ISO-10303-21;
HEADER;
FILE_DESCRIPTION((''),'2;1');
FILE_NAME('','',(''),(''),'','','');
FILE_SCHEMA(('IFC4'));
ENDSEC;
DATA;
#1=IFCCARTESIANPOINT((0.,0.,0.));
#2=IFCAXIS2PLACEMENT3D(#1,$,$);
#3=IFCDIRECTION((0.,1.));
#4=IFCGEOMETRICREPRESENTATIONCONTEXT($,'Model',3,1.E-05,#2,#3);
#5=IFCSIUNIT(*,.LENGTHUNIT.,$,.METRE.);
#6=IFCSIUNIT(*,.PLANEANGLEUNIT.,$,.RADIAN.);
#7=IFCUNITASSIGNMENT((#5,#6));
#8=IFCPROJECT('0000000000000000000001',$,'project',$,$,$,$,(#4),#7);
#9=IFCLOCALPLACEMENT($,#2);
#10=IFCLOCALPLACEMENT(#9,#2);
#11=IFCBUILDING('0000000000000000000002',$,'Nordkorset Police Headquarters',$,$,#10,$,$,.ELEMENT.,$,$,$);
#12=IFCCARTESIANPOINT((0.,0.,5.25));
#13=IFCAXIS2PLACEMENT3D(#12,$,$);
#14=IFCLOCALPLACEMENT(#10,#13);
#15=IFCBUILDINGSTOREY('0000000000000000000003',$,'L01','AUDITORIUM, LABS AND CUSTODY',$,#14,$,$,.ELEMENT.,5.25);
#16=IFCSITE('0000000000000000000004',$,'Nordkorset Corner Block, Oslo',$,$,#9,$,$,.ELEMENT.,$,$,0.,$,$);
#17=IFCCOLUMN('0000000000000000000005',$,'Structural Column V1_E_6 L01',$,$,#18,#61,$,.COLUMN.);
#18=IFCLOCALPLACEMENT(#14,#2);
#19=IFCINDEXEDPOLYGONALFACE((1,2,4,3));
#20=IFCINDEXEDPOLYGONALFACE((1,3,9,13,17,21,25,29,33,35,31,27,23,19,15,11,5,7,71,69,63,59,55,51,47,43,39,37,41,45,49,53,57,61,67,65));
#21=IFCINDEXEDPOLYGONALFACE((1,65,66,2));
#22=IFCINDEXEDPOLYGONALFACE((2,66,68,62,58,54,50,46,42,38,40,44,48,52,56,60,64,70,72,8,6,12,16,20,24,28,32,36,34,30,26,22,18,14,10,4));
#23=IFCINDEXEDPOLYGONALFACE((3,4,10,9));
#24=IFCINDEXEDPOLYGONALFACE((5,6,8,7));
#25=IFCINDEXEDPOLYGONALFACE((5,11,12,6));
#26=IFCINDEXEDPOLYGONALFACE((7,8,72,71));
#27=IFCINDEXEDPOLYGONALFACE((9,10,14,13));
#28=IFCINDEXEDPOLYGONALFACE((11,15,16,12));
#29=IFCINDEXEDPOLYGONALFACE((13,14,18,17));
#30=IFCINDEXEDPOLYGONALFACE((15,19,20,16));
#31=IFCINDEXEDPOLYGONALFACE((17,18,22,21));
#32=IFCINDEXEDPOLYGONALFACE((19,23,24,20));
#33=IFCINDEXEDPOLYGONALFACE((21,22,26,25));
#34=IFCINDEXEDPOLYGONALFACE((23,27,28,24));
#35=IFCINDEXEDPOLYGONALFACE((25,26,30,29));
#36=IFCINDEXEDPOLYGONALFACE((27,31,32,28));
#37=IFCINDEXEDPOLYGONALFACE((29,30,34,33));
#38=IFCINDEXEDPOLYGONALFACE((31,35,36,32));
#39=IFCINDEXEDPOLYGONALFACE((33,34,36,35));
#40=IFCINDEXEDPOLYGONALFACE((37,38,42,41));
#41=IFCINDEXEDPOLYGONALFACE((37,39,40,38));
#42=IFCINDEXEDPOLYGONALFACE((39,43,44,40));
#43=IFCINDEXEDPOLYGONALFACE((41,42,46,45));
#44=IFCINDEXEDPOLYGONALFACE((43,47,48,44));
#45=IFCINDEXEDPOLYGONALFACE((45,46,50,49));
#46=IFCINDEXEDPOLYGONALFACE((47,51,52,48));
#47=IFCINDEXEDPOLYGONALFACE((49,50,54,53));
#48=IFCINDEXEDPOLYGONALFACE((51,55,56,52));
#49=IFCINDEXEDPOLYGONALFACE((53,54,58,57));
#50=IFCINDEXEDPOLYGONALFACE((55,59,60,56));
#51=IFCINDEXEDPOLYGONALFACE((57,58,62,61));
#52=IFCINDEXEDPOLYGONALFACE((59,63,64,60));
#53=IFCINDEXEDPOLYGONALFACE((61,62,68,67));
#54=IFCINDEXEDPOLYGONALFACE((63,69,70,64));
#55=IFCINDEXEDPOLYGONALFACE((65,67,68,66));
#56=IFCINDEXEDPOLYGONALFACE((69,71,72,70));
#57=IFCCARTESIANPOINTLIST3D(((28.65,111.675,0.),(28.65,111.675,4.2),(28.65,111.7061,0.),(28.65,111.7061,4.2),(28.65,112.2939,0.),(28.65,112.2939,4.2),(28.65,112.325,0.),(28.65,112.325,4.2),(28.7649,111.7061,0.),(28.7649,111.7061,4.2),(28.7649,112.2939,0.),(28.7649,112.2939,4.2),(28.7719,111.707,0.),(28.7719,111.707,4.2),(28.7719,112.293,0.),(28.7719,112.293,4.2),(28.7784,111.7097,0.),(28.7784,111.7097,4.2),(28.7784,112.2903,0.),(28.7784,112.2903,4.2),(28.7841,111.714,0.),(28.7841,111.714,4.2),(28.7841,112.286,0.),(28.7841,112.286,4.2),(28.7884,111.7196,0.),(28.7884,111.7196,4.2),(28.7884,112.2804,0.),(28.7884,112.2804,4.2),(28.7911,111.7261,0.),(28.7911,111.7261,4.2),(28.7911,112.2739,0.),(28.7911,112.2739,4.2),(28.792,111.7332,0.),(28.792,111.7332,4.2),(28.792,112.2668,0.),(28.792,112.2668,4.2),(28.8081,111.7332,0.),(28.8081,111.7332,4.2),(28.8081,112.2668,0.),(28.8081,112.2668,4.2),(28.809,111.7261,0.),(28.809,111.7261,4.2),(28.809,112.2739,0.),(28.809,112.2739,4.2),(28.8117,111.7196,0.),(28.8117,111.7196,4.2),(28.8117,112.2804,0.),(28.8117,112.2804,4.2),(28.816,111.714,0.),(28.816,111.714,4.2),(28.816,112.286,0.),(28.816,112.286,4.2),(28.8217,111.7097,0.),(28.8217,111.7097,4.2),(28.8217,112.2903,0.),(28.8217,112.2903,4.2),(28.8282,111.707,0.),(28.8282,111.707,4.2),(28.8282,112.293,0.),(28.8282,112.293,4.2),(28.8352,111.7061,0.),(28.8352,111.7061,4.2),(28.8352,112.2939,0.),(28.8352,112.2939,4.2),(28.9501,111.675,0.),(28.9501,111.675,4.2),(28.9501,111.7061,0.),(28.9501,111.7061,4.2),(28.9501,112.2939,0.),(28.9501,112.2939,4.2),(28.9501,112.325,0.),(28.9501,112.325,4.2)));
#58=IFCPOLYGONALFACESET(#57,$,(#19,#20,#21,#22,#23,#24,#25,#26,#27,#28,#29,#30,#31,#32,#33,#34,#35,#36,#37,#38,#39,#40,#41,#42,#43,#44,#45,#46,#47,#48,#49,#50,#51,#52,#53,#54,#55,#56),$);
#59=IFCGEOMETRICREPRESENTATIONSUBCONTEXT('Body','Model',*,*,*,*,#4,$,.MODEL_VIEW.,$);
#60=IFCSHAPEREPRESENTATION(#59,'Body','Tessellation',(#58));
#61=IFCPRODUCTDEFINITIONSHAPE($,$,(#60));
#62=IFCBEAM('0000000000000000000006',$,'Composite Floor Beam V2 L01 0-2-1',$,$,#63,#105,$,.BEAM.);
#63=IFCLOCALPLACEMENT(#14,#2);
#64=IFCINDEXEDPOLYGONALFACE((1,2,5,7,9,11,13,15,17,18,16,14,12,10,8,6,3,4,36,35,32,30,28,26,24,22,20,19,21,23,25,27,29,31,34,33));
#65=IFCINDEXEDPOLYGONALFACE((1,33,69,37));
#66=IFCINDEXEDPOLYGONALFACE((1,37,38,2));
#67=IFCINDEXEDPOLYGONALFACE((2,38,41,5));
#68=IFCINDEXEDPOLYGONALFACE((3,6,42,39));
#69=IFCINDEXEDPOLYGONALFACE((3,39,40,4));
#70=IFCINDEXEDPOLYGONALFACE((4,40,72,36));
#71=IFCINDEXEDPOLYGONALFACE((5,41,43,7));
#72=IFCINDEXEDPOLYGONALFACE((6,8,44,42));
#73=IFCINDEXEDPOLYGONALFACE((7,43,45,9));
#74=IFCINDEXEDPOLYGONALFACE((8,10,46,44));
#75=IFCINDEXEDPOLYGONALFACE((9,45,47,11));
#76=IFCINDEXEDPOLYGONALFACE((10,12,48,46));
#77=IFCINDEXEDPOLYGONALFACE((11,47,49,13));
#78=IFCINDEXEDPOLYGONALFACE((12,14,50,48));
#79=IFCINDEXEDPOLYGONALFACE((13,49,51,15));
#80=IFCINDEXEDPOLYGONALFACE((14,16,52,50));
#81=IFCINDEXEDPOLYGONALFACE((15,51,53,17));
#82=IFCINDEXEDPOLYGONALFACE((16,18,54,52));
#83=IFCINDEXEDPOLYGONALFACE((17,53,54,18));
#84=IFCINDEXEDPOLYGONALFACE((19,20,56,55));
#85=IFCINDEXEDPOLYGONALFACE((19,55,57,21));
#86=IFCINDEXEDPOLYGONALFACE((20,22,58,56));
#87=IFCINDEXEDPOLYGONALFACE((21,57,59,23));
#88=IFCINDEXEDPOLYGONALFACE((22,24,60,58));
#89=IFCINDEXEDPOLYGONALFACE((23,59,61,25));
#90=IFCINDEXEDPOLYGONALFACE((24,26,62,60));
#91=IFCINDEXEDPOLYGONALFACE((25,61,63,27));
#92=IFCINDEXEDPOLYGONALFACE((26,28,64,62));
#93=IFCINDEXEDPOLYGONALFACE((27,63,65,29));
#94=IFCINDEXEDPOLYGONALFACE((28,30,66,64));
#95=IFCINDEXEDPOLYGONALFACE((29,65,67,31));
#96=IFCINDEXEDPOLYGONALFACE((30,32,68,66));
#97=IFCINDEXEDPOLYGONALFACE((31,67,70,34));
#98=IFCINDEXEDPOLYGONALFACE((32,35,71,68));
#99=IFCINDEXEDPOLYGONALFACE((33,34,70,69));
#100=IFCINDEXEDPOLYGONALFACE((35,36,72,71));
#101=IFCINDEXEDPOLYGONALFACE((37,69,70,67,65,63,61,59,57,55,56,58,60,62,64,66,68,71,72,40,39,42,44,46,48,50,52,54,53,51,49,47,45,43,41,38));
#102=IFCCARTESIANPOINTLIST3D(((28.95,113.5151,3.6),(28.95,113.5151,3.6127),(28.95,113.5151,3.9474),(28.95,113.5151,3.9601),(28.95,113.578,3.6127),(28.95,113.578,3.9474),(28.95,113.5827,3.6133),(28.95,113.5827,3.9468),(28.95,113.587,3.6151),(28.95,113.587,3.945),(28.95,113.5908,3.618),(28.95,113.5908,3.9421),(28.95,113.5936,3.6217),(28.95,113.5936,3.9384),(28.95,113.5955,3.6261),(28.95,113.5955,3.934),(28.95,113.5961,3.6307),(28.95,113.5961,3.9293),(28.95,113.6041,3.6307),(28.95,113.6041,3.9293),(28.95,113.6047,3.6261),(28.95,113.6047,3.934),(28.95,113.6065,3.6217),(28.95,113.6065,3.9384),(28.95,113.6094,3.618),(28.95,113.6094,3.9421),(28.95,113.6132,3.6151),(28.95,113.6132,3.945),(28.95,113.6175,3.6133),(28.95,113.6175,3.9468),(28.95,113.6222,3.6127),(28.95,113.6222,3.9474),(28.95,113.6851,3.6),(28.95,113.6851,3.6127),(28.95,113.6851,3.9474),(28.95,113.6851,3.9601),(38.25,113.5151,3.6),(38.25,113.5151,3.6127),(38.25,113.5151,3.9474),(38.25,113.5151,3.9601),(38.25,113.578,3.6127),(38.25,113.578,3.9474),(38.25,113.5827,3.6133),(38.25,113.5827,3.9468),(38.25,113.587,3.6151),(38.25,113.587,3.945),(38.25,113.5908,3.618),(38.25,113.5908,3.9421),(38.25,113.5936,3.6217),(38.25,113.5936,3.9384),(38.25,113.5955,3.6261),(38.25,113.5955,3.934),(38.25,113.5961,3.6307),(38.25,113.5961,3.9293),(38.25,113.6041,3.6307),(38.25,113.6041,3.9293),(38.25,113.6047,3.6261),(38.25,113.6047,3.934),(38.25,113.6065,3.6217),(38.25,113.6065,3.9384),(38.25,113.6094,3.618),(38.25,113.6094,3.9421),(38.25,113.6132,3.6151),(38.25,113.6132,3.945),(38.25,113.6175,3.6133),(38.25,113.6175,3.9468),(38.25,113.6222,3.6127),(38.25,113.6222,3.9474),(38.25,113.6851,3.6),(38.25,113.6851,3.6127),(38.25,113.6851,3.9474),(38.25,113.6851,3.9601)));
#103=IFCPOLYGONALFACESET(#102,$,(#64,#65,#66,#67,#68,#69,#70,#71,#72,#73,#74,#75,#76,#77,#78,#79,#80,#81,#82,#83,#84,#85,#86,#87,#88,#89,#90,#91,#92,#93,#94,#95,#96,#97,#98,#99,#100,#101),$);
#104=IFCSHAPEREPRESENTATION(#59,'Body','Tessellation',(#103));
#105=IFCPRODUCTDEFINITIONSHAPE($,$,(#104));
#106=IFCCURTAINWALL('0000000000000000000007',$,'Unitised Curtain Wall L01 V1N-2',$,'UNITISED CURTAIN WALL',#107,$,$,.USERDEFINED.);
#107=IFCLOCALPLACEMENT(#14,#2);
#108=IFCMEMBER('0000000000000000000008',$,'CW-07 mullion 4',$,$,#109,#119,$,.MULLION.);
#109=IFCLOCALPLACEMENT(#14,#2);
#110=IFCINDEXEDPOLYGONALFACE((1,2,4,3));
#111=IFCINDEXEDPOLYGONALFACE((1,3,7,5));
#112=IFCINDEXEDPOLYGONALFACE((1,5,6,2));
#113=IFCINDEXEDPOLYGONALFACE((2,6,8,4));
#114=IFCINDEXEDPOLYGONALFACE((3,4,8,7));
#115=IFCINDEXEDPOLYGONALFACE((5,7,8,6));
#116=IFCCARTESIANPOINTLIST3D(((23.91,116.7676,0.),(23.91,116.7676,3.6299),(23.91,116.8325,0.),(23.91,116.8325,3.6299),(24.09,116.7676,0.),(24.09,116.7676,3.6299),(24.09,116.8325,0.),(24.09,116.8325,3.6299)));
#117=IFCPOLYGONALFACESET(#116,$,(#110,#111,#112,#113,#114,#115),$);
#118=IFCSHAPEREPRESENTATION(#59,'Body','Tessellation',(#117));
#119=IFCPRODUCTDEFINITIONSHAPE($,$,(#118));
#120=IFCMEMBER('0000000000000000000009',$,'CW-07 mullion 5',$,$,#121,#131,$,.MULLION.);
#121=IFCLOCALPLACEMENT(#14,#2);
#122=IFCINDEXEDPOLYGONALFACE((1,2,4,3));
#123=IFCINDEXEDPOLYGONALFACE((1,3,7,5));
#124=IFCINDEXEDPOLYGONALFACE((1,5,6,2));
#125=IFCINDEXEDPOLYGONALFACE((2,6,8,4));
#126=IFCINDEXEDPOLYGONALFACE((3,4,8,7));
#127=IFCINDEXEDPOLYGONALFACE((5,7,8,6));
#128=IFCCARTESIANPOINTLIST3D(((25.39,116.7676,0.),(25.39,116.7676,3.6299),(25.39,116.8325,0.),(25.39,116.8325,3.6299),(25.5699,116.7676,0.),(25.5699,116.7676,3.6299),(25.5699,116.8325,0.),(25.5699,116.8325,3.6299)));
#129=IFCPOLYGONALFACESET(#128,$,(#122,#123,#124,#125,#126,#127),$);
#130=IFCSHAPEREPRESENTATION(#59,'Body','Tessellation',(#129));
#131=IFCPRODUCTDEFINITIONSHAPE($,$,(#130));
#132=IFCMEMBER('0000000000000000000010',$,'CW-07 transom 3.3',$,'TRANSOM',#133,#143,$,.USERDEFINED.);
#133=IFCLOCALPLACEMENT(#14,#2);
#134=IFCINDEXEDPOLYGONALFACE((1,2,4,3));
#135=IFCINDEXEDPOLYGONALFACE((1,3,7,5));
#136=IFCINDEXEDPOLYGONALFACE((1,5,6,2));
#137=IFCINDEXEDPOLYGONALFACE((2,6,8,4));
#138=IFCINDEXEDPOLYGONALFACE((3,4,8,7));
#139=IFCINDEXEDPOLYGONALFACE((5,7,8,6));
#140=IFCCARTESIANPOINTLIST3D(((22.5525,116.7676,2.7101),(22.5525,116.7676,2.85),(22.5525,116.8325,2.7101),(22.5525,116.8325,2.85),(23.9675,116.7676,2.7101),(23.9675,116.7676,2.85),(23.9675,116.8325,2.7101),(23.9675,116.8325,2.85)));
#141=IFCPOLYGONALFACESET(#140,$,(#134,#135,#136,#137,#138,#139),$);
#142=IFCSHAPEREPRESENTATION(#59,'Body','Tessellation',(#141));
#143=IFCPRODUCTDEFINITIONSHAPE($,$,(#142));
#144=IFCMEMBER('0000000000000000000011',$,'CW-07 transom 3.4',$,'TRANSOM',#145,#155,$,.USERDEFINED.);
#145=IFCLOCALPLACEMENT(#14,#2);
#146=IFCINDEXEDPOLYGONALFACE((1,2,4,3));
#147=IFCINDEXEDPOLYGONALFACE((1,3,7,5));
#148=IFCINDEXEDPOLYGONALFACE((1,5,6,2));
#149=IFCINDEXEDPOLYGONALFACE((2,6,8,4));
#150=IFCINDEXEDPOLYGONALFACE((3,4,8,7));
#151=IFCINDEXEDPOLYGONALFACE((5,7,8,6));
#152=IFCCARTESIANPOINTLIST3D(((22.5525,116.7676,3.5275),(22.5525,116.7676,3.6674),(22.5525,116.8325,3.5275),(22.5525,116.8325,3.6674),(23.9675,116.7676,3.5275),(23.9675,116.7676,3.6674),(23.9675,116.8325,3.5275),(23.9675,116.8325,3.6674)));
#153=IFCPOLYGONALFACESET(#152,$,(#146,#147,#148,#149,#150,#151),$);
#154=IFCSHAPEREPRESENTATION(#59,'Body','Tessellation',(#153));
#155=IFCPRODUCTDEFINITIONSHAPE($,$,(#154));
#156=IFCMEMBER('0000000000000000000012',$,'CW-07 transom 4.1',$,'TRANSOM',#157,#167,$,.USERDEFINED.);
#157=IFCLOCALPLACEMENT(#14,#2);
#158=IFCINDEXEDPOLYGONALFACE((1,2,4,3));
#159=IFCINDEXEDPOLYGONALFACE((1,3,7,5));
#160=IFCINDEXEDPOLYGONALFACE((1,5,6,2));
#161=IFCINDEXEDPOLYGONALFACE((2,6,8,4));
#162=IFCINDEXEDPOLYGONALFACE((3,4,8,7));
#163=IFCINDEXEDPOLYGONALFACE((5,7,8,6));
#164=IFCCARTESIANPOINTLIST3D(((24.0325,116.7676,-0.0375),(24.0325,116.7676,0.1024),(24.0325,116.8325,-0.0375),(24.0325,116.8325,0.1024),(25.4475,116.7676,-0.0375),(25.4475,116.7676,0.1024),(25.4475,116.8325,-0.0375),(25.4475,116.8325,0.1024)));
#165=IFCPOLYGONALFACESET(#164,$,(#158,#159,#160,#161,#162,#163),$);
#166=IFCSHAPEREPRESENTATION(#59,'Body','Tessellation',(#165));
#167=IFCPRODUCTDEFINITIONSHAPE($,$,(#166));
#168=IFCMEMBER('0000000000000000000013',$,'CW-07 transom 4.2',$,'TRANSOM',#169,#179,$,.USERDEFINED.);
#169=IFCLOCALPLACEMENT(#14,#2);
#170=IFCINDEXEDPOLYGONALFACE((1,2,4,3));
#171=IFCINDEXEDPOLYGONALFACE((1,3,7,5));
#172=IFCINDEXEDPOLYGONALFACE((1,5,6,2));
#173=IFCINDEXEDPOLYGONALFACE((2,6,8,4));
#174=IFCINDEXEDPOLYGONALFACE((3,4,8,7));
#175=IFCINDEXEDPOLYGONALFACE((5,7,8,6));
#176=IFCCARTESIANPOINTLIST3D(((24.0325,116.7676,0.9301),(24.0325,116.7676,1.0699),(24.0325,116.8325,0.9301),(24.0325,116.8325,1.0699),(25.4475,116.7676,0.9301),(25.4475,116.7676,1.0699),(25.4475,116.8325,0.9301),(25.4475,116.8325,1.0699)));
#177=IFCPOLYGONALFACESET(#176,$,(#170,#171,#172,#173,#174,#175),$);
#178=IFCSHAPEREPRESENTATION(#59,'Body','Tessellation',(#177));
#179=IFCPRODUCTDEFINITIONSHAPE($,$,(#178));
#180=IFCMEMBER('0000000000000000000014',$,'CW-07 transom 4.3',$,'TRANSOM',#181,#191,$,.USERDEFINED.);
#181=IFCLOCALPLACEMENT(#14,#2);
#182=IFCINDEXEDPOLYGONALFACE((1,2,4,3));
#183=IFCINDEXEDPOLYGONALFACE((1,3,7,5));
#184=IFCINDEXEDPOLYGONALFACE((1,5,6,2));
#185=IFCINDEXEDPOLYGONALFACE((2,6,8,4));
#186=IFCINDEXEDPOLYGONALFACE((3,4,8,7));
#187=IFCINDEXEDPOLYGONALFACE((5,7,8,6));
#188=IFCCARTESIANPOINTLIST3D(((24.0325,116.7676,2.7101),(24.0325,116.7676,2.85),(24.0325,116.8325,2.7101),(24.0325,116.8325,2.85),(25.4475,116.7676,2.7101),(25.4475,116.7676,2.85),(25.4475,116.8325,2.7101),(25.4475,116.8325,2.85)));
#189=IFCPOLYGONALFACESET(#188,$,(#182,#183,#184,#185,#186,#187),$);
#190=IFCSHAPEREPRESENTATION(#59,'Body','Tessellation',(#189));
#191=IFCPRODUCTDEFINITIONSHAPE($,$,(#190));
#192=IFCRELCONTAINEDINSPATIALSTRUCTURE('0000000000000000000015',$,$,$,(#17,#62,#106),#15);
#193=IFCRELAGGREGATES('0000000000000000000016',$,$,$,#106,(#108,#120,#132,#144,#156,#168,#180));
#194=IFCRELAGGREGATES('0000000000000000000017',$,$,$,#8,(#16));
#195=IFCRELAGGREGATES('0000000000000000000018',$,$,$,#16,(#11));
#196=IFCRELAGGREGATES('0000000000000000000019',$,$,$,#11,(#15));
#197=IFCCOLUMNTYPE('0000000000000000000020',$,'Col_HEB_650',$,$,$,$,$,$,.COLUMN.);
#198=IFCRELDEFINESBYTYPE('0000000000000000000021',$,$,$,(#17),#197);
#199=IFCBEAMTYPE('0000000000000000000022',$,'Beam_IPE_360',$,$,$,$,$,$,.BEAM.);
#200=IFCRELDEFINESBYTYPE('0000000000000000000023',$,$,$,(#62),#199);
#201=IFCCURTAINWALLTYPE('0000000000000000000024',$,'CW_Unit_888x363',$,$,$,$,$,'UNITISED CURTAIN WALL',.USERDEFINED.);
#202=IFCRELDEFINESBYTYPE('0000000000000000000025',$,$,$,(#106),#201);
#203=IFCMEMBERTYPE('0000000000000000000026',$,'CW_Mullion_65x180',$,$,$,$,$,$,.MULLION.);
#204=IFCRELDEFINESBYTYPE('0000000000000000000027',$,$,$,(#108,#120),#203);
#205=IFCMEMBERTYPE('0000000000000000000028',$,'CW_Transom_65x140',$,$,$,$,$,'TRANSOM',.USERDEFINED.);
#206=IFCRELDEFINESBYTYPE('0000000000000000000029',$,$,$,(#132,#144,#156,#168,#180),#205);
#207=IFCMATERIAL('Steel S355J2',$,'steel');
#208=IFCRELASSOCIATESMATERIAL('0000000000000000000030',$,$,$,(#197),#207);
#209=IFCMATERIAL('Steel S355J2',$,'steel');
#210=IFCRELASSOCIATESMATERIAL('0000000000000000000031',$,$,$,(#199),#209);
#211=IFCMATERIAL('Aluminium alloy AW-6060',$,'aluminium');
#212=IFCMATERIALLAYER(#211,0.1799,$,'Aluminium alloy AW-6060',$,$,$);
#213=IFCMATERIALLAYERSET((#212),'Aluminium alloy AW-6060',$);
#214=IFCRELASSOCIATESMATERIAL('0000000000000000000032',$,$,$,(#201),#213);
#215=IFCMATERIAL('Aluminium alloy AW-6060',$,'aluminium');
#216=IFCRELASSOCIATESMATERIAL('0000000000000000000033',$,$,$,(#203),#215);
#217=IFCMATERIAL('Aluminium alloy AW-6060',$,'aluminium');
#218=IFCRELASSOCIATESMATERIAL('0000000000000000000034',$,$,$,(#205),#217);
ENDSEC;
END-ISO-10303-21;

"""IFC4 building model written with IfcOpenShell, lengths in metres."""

from ifc_helpers import new_model, si_unit, direction, frame, origin, origin_2d, place, context, subcontext, project, spatial, rectangle, i_section, extrude, material, layer, layer_set, material_profile, profile_set, type_object, element, aggregate, save


model = new_model("IFC4")

# Units and contexts
model_context = context("Model", 3, precision=1e-05, world=origin(), true_north=direction((0.0, 1.0)))
body_context = subcontext(model_context, "Body", "Model", "MODEL_VIEW")
ifc_project = project(units=[si_unit("LENGTHUNIT", "METRE"), si_unit("PLANEANGLEUNIT", "RADIAN")], contexts=[model_context])

# Site, building, storey
site_placement = place(None, origin())
site = spatial("IfcSite", under=ifc_project, at=site_placement, Name="Nordkorset Corner Block, Oslo", CompositionType="ELEMENT", RefElevation=0.0)
building_placement = place(site_placement, origin())
building = spatial("IfcBuilding", under=site, at=building_placement, Name="Nordkorset Police Headquarters", CompositionType="ELEMENT")
storey_placement = place(building_placement, frame((0.0, 0.0, 5.25)))
storey = spatial("IfcBuildingStorey", under=building, at=storey_placement, Name="L01", Description="AUDITORIUM, LABS AND CUSTODY", CompositionType="ELEMENT", Elevation=5.25)

# Column
ifc_material_1 = material(Name="Steel S355J2", Category="steel")
ifc_material_profile_1 = material_profile(ifc_material_1, i_section(OverallWidth=0.3, OverallDepth=0.6499, WebThickness=0.0161, FlangeThickness=0.031, FilletRadius=0.0271, at=origin_2d()), Name="HEB 650")
ifc_profile_set_1 = profile_set([ifc_material_profile_1], Name="Steel S355J2")
column_type = type_object("IfcColumnType", Name="Col_HEB_650", PredefinedType="COLUMN", material=ifc_profile_set_1)
column_placement = place(storey_placement, frame((28.8, 112.0, 0.0), z_axis=(0.0, 0.0, 1.0), x_axis=(1.0, 0.0, 0.0)))
element("IfcColumn", 1, at=column_placement, inside=storey, type_object=column_type, Name="Structural Column V1_E_6 L01", PredefinedType="COLUMN", context=body_context, shape_type="SweptSolid", body=[
    extrude(i_section(OverallWidth=0.3, OverallDepth=0.6499, WebThickness=0.0161, FlangeThickness=0.031, FilletRadius=0.0271, at=origin_2d()), origin(), (0.0, 0.0, 1.0), 4.2),
])

# Beam
ifc_material_2 = material(Name="Steel S355J2", Category="steel")
ifc_material_profile_2 = material_profile(ifc_material_2, i_section(OverallWidth=0.1699, OverallDepth=0.3601, WebThickness=0.0081, FlangeThickness=0.0127, FilletRadius=0.0181, at=origin_2d()), Name="IPE 360")
ifc_profile_set_2 = profile_set([ifc_material_profile_2], Name="Steel S355J2")
beam_type_1 = type_object("IfcBeamType", Name="Beam_IPE_360", PredefinedType="BEAM", material=ifc_profile_set_2)
beam_1_placement = place(storey_placement, frame((28.95, 113.6001, 3.78), z_axis=(1.0, 0.0, 0.0), x_axis=(0.0, 1.0, 0.0)))
element("IfcBeam", 2, at=beam_1_placement, inside=storey, type_object=beam_type_1, Name="Composite Floor Beam V2 L01 0-2-1", PredefinedType="BEAM", context=body_context, shape_type="SweptSolid", body=[
    extrude(i_section(OverallWidth=0.1699, OverallDepth=0.3601, WebThickness=0.0081, FlangeThickness=0.0127, FilletRadius=0.0181, at=origin_2d()), origin(), (0.0, 0.0, 1.0), 9.3),
])

# Curtain wall, members
ifc_material_3 = material(Name="Aluminium alloy AW-6060", Category="aluminium")
ifc_layer_1 = layer(ifc_material_3, 0.1799, Name="Aluminium alloy AW-6060")
ifc_layer_set_1 = layer_set([ifc_layer_1], Name="Aluminium alloy AW-6060")
curtain_wall_type = type_object("IfcCurtainWallType", Name="CW_Unit_888x363", ElementType="UNITISED CURTAIN WALL", PredefinedType="USERDEFINED", material=ifc_layer_set_1)
curtain_wall_placement = place(storey_placement, origin())
curtain_wall = element("IfcCurtainWall", 3, at=curtain_wall_placement, inside=storey, type_object=curtain_wall_type, Name="Unitised Curtain Wall L01 V1N-2", ObjectType="UNITISED CURTAIN WALL", PredefinedType="USERDEFINED")
ifc_material_4 = material(Name="Aluminium alloy AW-6060", Category="aluminium")
ifc_material_profile_3 = material_profile(ifc_material_4, rectangle(XDim=0.0649, YDim=0.1799, at=origin_2d()), Name="ALU MULL 65x180")
ifc_profile_set_3 = profile_set([ifc_material_profile_3], Name="Aluminium alloy AW-6060")
member_type_1 = type_object("IfcMemberType", Name="CW_Mullion_65x180", PredefinedType="MULLION", material=ifc_profile_set_3)
member_1_placement = place(storey_placement, frame((24.0, 116.8, 0.0), z_axis=(0.0, 0.0, 1.0), x_axis=(0.0, 1.0, 0.0)))
member_1 = element("IfcMember", 4, at=member_1_placement, type_object=member_type_1, Name="CW-07 mullion 4", PredefinedType="MULLION", context=body_context, shape_type="SweptSolid", body=[
    extrude(rectangle(XDim=0.0649, YDim=0.1799, at=origin_2d()), origin(), (0.0, 0.0, 1.0), 3.6299),
])
member_2_placement = place(storey_placement, frame((25.48, 116.8, 0.0), z_axis=(0.0, 0.0, 1.0), x_axis=(0.0, 1.0, 0.0)))
member_2 = element("IfcMember", 5, at=member_2_placement, type_object=member_type_1, Name="CW-07 mullion 5", PredefinedType="MULLION", context=body_context, shape_type="SweptSolid", body=[
    extrude(rectangle(XDim=0.0649, YDim=0.1799, at=origin_2d()), origin(), (0.0, 0.0, 1.0), 3.6299),
])
ifc_material_5 = material(Name="Aluminium alloy AW-6060", Category="aluminium")
ifc_material_profile_4 = material_profile(ifc_material_5, rectangle(XDim=0.0649, YDim=0.1399, at=origin_2d()), Name="ALU TRAN 65x140")
ifc_profile_set_4 = profile_set([ifc_material_profile_4], Name="Aluminium alloy AW-6060")
member_type_2 = type_object("IfcMemberType", Name="CW_Transom_65x140", ElementType="TRANSOM", PredefinedType="USERDEFINED", material=ifc_profile_set_4)
member_3_placement = place(storey_placement, frame((22.5525, 116.8, 2.78), z_axis=(1.0, 0.0, 0.0), x_axis=(0.0, 1.0, 0.0)))
member_3 = element("IfcMember", 6, at=member_3_placement, type_object=member_type_2, Name="CW-07 transom 3.3", ObjectType="TRANSOM", PredefinedType="USERDEFINED", context=body_context, shape_type="SweptSolid", body=[
    extrude(rectangle(XDim=0.0649, YDim=0.1399, at=origin_2d()), origin(), (0.0, 0.0, 1.0), 1.415),
])
member_4_placement = place(storey_placement, frame((22.5525, 116.8, 3.5974), z_axis=(1.0, 0.0, 0.0), x_axis=(0.0, 1.0, 0.0)))
member_4 = element("IfcMember", 7, at=member_4_placement, type_object=member_type_2, Name="CW-07 transom 3.4", ObjectType="TRANSOM", PredefinedType="USERDEFINED", context=body_context, shape_type="SweptSolid", body=[
    extrude(rectangle(XDim=0.0649, YDim=0.1399, at=origin_2d()), origin(), (0.0, 0.0, 1.0), 1.415),
])
member_5_placement = place(storey_placement, frame((24.0325, 116.8, 0.0325), z_axis=(1.0, 0.0, 0.0), x_axis=(0.0, 1.0, 0.0)))
member_5 = element("IfcMember", 8, at=member_5_placement, type_object=member_type_2, Name="CW-07 transom 4.1", ObjectType="TRANSOM", PredefinedType="USERDEFINED", context=body_context, shape_type="SweptSolid", body=[
    extrude(rectangle(XDim=0.0649, YDim=0.1399, at=origin_2d()), origin(), (0.0, 0.0, 1.0), 1.415),
])
member_6_placement = place(storey_placement, frame((24.0325, 116.8, 1.0), z_axis=(1.0, 0.0, 0.0), x_axis=(0.0, 1.0, 0.0)))
member_6 = element("IfcMember", 9, at=member_6_placement, type_object=member_type_2, Name="CW-07 transom 4.2", ObjectType="TRANSOM", PredefinedType="USERDEFINED", context=body_context, shape_type="SweptSolid", body=[
    extrude(rectangle(XDim=0.0649, YDim=0.1399, at=origin_2d()), origin(), (0.0, 0.0, 1.0), 1.415),
])
member_7_placement = place(storey_placement, frame((24.0325, 116.8, 2.78), z_axis=(1.0, 0.0, 0.0), x_axis=(0.0, 1.0, 0.0)))
member_7 = element("IfcMember", 10, at=member_7_placement, type_object=member_type_2, Name="CW-07 transom 4.3", ObjectType="TRANSOM", PredefinedType="USERDEFINED", context=body_context, shape_type="SweptSolid", body=[
    extrude(rectangle(XDim=0.0649, YDim=0.1399, at=origin_2d()), origin(), (0.0, 0.0, 1.0), 1.415),
])

aggregate(curtain_wall, [member_1, member_2, member_3, member_4, member_5, member_6, member_7])

save(model, "model.ifc")
